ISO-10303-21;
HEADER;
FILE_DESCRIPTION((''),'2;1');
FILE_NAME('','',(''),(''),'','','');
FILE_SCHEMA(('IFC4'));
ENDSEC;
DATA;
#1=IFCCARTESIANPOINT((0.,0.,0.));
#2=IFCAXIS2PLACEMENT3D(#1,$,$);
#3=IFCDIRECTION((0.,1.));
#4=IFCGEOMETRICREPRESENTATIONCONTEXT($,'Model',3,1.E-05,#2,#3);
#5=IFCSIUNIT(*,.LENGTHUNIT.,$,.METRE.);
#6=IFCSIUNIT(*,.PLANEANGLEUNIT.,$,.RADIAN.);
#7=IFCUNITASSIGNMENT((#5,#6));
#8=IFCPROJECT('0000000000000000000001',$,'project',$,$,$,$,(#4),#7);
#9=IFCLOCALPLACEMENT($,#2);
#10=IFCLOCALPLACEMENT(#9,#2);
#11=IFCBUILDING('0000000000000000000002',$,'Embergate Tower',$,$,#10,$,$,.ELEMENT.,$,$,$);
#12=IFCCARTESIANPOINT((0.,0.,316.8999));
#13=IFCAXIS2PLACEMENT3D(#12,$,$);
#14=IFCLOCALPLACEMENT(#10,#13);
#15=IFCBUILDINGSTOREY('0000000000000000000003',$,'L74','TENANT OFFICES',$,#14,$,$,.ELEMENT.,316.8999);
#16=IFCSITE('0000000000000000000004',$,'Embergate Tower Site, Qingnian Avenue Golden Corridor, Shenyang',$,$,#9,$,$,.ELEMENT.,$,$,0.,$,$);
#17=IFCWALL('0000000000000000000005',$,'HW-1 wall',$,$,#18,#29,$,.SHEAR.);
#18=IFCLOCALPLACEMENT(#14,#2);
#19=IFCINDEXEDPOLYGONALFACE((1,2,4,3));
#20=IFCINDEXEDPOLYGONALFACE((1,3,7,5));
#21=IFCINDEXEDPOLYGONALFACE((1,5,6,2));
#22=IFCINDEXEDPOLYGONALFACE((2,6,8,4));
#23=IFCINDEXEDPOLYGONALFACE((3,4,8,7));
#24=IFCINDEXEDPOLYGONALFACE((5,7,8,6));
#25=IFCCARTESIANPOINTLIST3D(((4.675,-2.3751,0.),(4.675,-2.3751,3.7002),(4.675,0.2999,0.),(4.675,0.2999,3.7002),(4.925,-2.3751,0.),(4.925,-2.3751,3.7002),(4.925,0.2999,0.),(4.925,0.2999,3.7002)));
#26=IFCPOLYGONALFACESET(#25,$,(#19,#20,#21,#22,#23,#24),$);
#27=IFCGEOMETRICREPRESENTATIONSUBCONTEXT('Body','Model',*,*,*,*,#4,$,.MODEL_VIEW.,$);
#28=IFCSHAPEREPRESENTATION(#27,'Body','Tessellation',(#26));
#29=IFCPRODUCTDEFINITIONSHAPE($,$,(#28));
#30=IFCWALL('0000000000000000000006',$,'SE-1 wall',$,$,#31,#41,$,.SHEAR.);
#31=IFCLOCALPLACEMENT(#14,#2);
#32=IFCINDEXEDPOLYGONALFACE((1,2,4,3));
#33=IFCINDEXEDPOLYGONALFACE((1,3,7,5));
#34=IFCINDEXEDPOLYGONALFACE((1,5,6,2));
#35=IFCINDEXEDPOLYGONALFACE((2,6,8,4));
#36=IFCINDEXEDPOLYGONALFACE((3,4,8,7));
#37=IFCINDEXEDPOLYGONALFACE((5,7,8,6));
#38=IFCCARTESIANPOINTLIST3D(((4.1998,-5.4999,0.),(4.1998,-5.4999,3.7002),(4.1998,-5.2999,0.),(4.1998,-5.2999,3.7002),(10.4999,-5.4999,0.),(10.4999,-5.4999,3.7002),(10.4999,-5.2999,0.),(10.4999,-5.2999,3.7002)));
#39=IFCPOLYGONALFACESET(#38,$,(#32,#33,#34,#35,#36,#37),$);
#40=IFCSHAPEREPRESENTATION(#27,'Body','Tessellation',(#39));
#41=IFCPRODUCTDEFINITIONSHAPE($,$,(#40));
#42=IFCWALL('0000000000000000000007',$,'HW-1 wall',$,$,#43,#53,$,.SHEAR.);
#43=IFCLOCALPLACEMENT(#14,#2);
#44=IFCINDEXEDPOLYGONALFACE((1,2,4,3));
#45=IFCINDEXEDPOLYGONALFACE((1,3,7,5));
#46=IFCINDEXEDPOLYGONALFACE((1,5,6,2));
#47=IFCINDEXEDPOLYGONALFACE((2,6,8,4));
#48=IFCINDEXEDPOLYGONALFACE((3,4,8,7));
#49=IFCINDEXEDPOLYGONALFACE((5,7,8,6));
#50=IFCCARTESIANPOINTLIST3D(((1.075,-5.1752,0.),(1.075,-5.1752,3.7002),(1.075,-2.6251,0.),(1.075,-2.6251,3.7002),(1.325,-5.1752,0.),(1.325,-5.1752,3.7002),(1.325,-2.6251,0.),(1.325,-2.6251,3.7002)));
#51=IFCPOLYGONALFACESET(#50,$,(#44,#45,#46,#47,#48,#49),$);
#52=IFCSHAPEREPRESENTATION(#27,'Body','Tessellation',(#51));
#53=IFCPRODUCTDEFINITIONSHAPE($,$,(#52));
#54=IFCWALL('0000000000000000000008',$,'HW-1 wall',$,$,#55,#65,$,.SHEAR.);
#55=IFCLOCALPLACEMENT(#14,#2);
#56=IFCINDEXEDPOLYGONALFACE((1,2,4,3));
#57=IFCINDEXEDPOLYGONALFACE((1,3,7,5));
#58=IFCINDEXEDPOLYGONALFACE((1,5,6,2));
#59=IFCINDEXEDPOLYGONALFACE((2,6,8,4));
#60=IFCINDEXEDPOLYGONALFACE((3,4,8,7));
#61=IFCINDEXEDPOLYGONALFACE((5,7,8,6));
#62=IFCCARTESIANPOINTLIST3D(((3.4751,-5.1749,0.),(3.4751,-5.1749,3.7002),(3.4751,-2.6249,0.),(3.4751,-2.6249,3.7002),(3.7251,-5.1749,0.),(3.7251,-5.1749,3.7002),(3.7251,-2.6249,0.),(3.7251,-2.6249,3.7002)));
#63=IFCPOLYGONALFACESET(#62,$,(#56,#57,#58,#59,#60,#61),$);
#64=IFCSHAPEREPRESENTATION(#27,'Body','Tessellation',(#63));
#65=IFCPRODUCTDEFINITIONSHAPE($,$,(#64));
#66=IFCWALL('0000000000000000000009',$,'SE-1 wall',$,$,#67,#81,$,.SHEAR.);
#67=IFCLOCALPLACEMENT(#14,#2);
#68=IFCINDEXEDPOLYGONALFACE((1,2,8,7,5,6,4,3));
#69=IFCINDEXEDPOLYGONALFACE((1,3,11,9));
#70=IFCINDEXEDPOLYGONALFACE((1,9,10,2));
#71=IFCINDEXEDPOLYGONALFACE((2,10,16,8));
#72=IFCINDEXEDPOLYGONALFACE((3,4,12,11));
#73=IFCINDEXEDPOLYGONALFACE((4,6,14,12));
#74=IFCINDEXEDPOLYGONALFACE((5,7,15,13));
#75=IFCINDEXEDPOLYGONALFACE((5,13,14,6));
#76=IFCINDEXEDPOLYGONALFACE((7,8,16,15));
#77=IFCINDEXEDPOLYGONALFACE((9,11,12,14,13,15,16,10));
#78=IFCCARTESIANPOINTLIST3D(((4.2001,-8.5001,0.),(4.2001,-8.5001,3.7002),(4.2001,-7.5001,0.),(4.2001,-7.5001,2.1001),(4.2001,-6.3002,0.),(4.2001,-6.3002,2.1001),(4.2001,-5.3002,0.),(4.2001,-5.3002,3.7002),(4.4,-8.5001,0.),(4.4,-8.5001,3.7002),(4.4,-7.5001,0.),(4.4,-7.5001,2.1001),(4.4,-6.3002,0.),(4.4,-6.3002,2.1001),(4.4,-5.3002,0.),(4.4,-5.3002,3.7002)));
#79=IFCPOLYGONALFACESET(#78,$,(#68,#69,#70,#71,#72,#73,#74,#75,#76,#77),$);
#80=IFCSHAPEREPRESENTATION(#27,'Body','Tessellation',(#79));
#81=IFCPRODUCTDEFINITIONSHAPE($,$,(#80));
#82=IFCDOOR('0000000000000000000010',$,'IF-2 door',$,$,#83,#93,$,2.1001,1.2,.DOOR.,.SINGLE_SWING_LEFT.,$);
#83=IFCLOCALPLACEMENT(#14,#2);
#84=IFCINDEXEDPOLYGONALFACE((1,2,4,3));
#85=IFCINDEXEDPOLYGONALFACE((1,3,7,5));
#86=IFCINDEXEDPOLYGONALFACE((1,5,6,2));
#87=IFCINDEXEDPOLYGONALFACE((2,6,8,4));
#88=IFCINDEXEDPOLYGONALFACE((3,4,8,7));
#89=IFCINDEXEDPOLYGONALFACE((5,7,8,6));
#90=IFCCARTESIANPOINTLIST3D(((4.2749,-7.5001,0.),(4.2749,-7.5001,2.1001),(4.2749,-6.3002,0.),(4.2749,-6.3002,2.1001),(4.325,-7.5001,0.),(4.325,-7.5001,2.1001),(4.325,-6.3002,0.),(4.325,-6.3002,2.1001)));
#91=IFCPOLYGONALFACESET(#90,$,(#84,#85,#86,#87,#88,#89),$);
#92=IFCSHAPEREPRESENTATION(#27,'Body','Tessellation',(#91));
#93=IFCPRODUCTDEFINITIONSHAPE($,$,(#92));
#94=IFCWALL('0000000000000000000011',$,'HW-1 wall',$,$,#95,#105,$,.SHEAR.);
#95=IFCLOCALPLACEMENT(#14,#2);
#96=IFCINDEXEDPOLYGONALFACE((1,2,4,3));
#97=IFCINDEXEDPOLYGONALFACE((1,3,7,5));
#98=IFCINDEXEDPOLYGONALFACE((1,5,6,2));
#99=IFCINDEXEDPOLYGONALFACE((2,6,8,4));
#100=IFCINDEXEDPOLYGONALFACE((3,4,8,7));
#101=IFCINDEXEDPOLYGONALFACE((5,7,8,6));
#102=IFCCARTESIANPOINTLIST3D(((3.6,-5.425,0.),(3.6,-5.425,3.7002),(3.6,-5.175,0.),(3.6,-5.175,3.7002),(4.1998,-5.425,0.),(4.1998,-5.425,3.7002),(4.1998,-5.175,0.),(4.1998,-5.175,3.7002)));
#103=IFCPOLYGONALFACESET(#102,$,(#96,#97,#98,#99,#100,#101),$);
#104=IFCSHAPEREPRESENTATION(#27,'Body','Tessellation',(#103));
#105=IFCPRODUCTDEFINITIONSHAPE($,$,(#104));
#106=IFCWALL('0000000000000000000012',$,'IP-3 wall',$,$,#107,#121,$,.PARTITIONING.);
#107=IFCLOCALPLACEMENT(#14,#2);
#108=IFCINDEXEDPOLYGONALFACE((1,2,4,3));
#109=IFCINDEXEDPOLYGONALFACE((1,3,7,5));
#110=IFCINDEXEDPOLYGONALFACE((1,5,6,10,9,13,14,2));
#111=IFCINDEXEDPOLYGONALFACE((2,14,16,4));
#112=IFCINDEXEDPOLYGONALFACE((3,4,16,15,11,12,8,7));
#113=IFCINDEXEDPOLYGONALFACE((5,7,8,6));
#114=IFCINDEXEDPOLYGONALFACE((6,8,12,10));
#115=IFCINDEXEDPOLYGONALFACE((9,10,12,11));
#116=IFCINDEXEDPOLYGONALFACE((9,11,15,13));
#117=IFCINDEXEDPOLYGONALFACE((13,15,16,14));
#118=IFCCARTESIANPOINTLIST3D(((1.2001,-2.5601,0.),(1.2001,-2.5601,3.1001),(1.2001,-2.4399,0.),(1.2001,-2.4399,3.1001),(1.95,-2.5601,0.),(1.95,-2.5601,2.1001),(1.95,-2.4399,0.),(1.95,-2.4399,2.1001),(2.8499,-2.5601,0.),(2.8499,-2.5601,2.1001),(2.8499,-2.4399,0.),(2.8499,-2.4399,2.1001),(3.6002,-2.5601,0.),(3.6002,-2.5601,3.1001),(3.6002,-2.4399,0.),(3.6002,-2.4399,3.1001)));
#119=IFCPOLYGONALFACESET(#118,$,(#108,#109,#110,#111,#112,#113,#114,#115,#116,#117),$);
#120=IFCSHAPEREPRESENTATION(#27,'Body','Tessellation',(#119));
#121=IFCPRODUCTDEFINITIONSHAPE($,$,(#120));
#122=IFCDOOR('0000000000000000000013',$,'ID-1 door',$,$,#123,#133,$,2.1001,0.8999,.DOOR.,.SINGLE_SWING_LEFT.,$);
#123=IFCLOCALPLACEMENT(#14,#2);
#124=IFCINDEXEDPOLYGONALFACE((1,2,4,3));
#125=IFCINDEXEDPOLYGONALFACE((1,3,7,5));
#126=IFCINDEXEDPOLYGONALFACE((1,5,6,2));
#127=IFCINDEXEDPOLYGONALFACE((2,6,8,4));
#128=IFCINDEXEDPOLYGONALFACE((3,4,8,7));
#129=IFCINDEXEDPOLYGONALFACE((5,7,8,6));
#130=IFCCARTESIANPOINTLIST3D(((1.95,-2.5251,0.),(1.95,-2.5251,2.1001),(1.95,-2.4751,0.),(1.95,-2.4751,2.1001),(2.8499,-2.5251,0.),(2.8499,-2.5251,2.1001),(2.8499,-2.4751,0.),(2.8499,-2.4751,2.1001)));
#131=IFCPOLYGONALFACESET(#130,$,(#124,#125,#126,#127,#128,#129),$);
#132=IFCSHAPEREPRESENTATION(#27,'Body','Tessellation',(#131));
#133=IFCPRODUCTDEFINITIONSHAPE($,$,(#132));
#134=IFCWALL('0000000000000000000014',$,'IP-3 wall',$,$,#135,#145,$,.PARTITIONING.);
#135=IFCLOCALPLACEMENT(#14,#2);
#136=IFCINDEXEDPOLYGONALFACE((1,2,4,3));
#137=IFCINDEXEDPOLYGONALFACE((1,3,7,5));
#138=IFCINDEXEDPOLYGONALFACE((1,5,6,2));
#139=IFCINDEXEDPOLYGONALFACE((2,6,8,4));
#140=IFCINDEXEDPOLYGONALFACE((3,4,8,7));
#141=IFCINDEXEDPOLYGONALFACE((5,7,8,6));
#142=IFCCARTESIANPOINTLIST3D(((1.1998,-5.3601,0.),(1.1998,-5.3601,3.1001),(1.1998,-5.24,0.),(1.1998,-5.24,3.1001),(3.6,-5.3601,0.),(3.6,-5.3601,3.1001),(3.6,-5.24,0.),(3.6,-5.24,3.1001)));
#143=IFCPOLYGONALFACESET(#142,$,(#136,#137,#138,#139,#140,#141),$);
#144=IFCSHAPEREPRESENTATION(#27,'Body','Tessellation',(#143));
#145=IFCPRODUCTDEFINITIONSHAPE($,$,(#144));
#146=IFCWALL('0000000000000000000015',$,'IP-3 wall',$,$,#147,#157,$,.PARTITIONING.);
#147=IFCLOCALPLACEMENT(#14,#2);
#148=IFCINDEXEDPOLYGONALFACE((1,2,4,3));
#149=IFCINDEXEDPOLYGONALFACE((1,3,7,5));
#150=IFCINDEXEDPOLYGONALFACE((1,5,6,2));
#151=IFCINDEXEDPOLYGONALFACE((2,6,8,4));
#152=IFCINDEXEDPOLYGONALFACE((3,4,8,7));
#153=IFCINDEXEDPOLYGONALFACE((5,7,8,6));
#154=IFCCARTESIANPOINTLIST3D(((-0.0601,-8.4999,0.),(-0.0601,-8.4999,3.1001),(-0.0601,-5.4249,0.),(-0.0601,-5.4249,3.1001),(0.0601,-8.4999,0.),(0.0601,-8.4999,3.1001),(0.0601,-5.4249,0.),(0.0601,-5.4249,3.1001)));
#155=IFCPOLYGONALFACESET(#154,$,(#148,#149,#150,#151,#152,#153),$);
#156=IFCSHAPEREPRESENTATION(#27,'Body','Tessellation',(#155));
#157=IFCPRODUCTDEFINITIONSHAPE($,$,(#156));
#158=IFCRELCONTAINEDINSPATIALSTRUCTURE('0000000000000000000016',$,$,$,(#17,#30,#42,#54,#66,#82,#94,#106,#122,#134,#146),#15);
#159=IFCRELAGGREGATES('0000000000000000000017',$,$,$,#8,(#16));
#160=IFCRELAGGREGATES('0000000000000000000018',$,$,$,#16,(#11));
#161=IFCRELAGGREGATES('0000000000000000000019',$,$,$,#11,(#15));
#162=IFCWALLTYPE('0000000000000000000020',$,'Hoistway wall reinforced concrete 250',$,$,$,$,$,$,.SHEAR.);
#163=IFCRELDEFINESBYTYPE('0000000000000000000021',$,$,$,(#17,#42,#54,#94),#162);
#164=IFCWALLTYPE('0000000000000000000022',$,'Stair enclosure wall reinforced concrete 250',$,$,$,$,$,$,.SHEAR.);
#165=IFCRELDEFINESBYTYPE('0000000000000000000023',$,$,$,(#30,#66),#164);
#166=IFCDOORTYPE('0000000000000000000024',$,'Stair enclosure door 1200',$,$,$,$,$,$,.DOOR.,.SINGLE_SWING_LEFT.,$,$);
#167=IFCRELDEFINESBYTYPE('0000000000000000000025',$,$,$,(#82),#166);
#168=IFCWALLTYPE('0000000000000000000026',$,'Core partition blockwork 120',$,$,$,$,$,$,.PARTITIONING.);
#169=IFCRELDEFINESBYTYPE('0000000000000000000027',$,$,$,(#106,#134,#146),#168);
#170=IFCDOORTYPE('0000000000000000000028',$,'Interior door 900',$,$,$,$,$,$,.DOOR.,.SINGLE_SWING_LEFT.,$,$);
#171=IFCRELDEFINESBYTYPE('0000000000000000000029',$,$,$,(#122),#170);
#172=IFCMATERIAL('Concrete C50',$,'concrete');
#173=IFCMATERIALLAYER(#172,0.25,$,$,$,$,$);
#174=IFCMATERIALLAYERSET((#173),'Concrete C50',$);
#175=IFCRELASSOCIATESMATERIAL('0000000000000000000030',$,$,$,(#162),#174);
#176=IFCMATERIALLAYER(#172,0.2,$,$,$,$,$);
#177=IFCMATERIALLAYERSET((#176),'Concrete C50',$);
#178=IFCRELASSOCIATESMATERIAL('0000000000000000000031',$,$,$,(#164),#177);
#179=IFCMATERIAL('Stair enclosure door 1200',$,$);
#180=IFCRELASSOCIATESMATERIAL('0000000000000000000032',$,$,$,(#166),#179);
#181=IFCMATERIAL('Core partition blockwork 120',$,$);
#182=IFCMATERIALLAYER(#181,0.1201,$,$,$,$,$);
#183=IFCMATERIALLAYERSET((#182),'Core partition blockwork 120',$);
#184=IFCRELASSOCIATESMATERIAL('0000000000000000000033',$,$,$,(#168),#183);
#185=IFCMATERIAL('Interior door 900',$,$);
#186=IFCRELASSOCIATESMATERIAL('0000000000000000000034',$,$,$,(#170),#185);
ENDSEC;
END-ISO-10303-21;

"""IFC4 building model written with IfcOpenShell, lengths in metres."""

from ifc_helpers import new_model, si_unit, direction, frame, frame_2d, origin, place, context, subcontext, project, spatial, rectangle, extrude, source, transform, mapped, material, layer, layer_set, type_object, element, fill, save


model = new_model("IFC4")

# Units and contexts
model_context = context("Model", 3, precision=1e-05, world=origin(), true_north=direction((0.0, 1.0)))
body_context = subcontext(model_context, "Body", "Model", "MODEL_VIEW")
ifc_project = project(units=[si_unit("LENGTHUNIT", "METRE"), si_unit("PLANEANGLEUNIT", "RADIAN")], contexts=[model_context])

# Site, building, storey
site_placement = place(None, origin())
site = spatial("IfcSite", under=ifc_project, at=site_placement, Name="Embergate Tower Site, Qingnian Avenue Golden Corridor, Shenyang", CompositionType="ELEMENT", RefElevation=0.0)
building_placement = place(site_placement, origin())
building = spatial("IfcBuilding", under=site, at=building_placement, Name="Embergate Tower", CompositionType="ELEMENT")
storey_placement = place(building_placement, frame((0.0, 0.0, 316.8999)))
storey = spatial("IfcBuildingStorey", under=building, at=storey_placement, Name="L74", Description="TENANT OFFICES", CompositionType="ELEMENT", Elevation=316.8999)

# Walls
ifc_material_1 = material(Name="Concrete C50", Category="concrete")
ifc_layer_1 = layer(ifc_material_1, 0.25)
ifc_layer_set_1 = layer_set([ifc_layer_1], Name="Concrete C50")
wall_type_1 = type_object("IfcWallType", Name="Hoistway wall reinforced concrete 250", PredefinedType="SHEAR", material=ifc_layer_set_1)
shared_shape_1 = source(origin(), body_context, "Body", "SweptSolid", [
    extrude(rectangle(XDim=2.675, YDim=0.25, at=frame_2d((1.3374, 0.0))), origin(), (0.0, 0.0, 1.0), 3.7002),
])
wall_1_placement = place(storey_placement, frame((4.8, -2.375, 0.0), z_axis=(0.0, 0.0, 1.0), x_axis=(0.0, 1.0, 0.0)))
element("IfcWall", 1, at=wall_1_placement, inside=storey, type_object=wall_type_1, Name="HW-1 wall", PredefinedType="SHEAR", context=body_context, shape_type="MappedRepresentation", body=[
    mapped(shared_shape_1, transform((0.0, 0.0, 0.0))),
])
ifc_layer_2 = layer(ifc_material_1, 0.2)
ifc_layer_set_2 = layer_set([ifc_layer_2], Name="Concrete C50")
wall_type_2 = type_object("IfcWallType", Name="Stair enclosure wall reinforced concrete 250", PredefinedType="SHEAR", material=ifc_layer_set_2)
shared_shape_2 = source(origin(), body_context, "Body", "SweptSolid", [
    extrude(rectangle(XDim=6.3, YDim=0.2, at=frame_2d((3.1499, 0.0))), origin(), (0.0, 0.0, 1.0), 3.7002),
])
wall_2_placement = place(storey_placement, frame((4.2, -5.3999, 0.0), z_axis=(0.0, 0.0, 1.0), x_axis=(1.0, 0.0, 0.0)))
element("IfcWall", 2, at=wall_2_placement, inside=storey, type_object=wall_type_2, Name="SE-1 wall", PredefinedType="SHEAR", context=body_context, shape_type="MappedRepresentation", body=[
    mapped(shared_shape_2, transform((0.0, 0.0, 0.0))),
])
shared_shape_3 = source(origin(), body_context, "Body", "SweptSolid", [
    extrude(rectangle(XDim=2.55, YDim=0.25, at=frame_2d((1.2749, 0.0))), origin(), (0.0, 0.0, 1.0), 3.7002),
])
for number, where, z_axis, x_axis, name in (
    (3, (1.2, -5.175, 0.0), (0.0, 0.0, 1.0), (0.0, 1.0, 0.0), "HW-1 wall"),
    (4, (3.6001, -2.625, 0.0), (0.0, 0.0, 1.0), (0.0, -1.0, 0.0), "HW-1 wall"),
):
    element("IfcWall", number, at=place(storey_placement, frame(where, z_axis=z_axis, x_axis=x_axis)), inside=storey, type_object=wall_type_1, Name=name, PredefinedType="SHEAR", context=body_context, shape_type="MappedRepresentation", body=[
        mapped(shared_shape_3, transform((0.0, 0.0, 0.0))),
    ])

# Wall, opening, door
shared_shape_4 = source(origin(), body_context, "Body", "SweptSolid", [
    extrude(rectangle(XDim=3.2, YDim=0.2, at=frame_2d((1.6001, 0.0))), origin(), (0.0, 0.0, 1.0), 3.7002),
])
wall_3_placement = place(storey_placement, frame((4.3, -5.3, 0.0), z_axis=(0.0, 0.0, 1.0), x_axis=(0.0, -1.0, 0.0)))
wall_3 = element("IfcWall", 5, at=wall_3_placement, inside=storey, type_object=wall_type_2, Name="SE-1 wall", PredefinedType="SHEAR", context=body_context, shape_type="MappedRepresentation", body=[
    mapped(shared_shape_4, transform((0.0, 0.0, 0.0))),
])
shared_shape_5 = source(origin(), body_context, "Body", "SweptSolid", [
    extrude(rectangle(XDim=1.2, YDim=2.1001, at=frame_2d((0.6001, 1.05))), frame((0.0, 0.1099, 0.0), z_axis=(0.0, -1.0, 0.0), x_axis=(1.0, 0.0, 0.0)), (0.0, 0.0, 1.0), 0.22),
])
opening_1_placement = place(wall_3_placement, frame((1.0, 0.0, 0.0)))
opening_1 = element("IfcOpeningElement", 6, at=opening_1_placement, cuts=wall_3, PredefinedType="OPENING", context=body_context, shape_type="MappedRepresentation", body=[
    mapped(shared_shape_5, transform((0.0, 0.0, 0.0))),
])
ifc_material_2 = material(Name="Stair enclosure door 1200")
door_type_1 = type_object("IfcDoorType", Name="Stair enclosure door 1200", OperationType="SINGLE_SWING_LEFT", PredefinedType="DOOR", material=ifc_material_2)
shared_shape_6 = source(origin(), body_context, "Body", "SweptSolid", [
    extrude(rectangle(XDim=1.2, YDim=2.1001, at=frame_2d((0.6001, 1.05))), frame((0.0, 0.0249, 0.0), z_axis=(0.0, -1.0, 0.0), x_axis=(1.0, 0.0, 0.0)), (0.0, 0.0, 1.0), 0.05),
])
door_1_placement = place(opening_1_placement, origin())
door_1 = element("IfcDoor", 7, at=door_1_placement, inside=storey, type_object=door_type_1, Name="IF-2 door", OperationType="SINGLE_SWING_LEFT", OverallHeight=2.1001, OverallWidth=1.2, PredefinedType="DOOR", context=body_context, shape_type="MappedRepresentation", body=[
    mapped(shared_shape_6, transform((0.0, 0.0, 0.0))),
])
fill(opening_1, door_1)

# Wall
shared_shape_7 = source(origin(), body_context, "Body", "SweptSolid", [
    extrude(rectangle(XDim=0.5999, YDim=0.25, at=frame_2d((0.2998, 0.0))), origin(), (0.0, 0.0, 1.0), 3.7002),
])
wall_4_placement = place(storey_placement, frame((3.6001, -5.3, 0.0), z_axis=(0.0, 0.0, 1.0), x_axis=(1.0, 0.0, 0.0)))
element("IfcWall", 8, at=wall_4_placement, inside=storey, type_object=wall_type_1, Name="HW-1 wall", PredefinedType="SHEAR", context=body_context, shape_type="MappedRepresentation", body=[
    mapped(shared_shape_7, transform((0.0, 0.0, 0.0))),
])

# Wall, opening, door
ifc_material_3 = material(Name="Core partition blockwork 120")
ifc_layer_3 = layer(ifc_material_3, 0.1201)
ifc_layer_set_3 = layer_set([ifc_layer_3], Name="Core partition blockwork 120")
wall_type_3 = type_object("IfcWallType", Name="Core partition blockwork 120", PredefinedType="PARTITIONING", material=ifc_layer_set_3)
shared_shape_8 = source(origin(), body_context, "Body", "SweptSolid", [
    extrude(rectangle(XDim=2.4001, YDim=0.1201, at=frame_2d((1.2002, 0.0))), origin(), (0.0, 0.0, 1.0), 3.1001),
])
wall_5_placement = place(storey_placement, frame((1.2, -2.5, 0.0), z_axis=(0.0, 0.0, 1.0), x_axis=(1.0, 0.0, 0.0)))
wall_5 = element("IfcWall", 9, at=wall_5_placement, inside=storey, type_object=wall_type_3, Name="IP-3 wall", PredefinedType="PARTITIONING", context=body_context, shape_type="MappedRepresentation", body=[
    mapped(shared_shape_8, transform((0.0, 0.0, 0.0))),
])
shared_shape_9 = source(origin(), body_context, "Body", "SweptSolid", [
    extrude(rectangle(XDim=0.8999, YDim=2.1001, at=frame_2d((0.45, 1.05))), frame((0.0, 0.0701, 0.0), z_axis=(0.0, -1.0, 0.0), x_axis=(1.0, 0.0, 0.0)), (0.0, 0.0, 1.0), 0.1401),
])
opening_2_placement = place(wall_5_placement, frame((0.75, 0.0, 0.0)))
opening_2 = element("IfcOpeningElement", 10, at=opening_2_placement, cuts=wall_5, PredefinedType="OPENING", context=body_context, shape_type="MappedRepresentation", body=[
    mapped(shared_shape_9, transform((0.0, 0.0, 0.0))),
])
ifc_material_4 = material(Name="Interior door 900")
door_type_2 = type_object("IfcDoorType", Name="Interior door 900", OperationType="SINGLE_SWING_LEFT", PredefinedType="DOOR", material=ifc_material_4)
shared_shape_10 = source(origin(), body_context, "Body", "SweptSolid", [
    extrude(rectangle(XDim=0.8999, YDim=2.1001, at=frame_2d((0.45, 1.05))), frame((0.0, 0.0249, 0.0), z_axis=(0.0, -1.0, 0.0), x_axis=(1.0, 0.0, 0.0)), (0.0, 0.0, 1.0), 0.05),
])
door_2_placement = place(opening_2_placement, origin())
door_2 = element("IfcDoor", 11, at=door_2_placement, inside=storey, type_object=door_type_2, Name="ID-1 door", OperationType="SINGLE_SWING_LEFT", OverallHeight=2.1001, OverallWidth=0.8999, PredefinedType="DOOR", context=body_context, shape_type="MappedRepresentation", body=[
    mapped(shared_shape_10, transform((0.0, 0.0, 0.0))),
])
fill(opening_2, door_2)

# Walls
wall_6_placement = place(storey_placement, frame((3.6001, -5.3, 0.0), z_axis=(0.0, 0.0, 1.0), x_axis=(-1.0, 0.0, 0.0)))
element("IfcWall", 12, at=wall_6_placement, inside=storey, type_object=wall_type_3, Name="IP-3 wall", PredefinedType="PARTITIONING", context=body_context, shape_type="MappedRepresentation", body=[
    mapped(shared_shape_8, transform((0.0, 0.0, 0.0))),
])
shared_shape_11 = source(origin(), body_context, "Body", "SweptSolid", [
    extrude(rectangle(XDim=3.075, YDim=0.1201, at=frame_2d((1.5376, 0.0))), origin(), (0.0, 0.0, 1.0), 3.1001),
])
wall_7_placement = place(storey_placement, frame((0.0, -8.5, 0.0), z_axis=(0.0, 0.0, 1.0), x_axis=(0.0, 1.0, 0.0)))
element("IfcWall", 13, at=wall_7_placement, inside=storey, type_object=wall_type_3, Name="IP-3 wall", PredefinedType="PARTITIONING", context=body_context, shape_type="MappedRepresentation", body=[
    mapped(shared_shape_11, transform((0.0, 0.0, 0.0))),
])

save(model, "model.ifc")
